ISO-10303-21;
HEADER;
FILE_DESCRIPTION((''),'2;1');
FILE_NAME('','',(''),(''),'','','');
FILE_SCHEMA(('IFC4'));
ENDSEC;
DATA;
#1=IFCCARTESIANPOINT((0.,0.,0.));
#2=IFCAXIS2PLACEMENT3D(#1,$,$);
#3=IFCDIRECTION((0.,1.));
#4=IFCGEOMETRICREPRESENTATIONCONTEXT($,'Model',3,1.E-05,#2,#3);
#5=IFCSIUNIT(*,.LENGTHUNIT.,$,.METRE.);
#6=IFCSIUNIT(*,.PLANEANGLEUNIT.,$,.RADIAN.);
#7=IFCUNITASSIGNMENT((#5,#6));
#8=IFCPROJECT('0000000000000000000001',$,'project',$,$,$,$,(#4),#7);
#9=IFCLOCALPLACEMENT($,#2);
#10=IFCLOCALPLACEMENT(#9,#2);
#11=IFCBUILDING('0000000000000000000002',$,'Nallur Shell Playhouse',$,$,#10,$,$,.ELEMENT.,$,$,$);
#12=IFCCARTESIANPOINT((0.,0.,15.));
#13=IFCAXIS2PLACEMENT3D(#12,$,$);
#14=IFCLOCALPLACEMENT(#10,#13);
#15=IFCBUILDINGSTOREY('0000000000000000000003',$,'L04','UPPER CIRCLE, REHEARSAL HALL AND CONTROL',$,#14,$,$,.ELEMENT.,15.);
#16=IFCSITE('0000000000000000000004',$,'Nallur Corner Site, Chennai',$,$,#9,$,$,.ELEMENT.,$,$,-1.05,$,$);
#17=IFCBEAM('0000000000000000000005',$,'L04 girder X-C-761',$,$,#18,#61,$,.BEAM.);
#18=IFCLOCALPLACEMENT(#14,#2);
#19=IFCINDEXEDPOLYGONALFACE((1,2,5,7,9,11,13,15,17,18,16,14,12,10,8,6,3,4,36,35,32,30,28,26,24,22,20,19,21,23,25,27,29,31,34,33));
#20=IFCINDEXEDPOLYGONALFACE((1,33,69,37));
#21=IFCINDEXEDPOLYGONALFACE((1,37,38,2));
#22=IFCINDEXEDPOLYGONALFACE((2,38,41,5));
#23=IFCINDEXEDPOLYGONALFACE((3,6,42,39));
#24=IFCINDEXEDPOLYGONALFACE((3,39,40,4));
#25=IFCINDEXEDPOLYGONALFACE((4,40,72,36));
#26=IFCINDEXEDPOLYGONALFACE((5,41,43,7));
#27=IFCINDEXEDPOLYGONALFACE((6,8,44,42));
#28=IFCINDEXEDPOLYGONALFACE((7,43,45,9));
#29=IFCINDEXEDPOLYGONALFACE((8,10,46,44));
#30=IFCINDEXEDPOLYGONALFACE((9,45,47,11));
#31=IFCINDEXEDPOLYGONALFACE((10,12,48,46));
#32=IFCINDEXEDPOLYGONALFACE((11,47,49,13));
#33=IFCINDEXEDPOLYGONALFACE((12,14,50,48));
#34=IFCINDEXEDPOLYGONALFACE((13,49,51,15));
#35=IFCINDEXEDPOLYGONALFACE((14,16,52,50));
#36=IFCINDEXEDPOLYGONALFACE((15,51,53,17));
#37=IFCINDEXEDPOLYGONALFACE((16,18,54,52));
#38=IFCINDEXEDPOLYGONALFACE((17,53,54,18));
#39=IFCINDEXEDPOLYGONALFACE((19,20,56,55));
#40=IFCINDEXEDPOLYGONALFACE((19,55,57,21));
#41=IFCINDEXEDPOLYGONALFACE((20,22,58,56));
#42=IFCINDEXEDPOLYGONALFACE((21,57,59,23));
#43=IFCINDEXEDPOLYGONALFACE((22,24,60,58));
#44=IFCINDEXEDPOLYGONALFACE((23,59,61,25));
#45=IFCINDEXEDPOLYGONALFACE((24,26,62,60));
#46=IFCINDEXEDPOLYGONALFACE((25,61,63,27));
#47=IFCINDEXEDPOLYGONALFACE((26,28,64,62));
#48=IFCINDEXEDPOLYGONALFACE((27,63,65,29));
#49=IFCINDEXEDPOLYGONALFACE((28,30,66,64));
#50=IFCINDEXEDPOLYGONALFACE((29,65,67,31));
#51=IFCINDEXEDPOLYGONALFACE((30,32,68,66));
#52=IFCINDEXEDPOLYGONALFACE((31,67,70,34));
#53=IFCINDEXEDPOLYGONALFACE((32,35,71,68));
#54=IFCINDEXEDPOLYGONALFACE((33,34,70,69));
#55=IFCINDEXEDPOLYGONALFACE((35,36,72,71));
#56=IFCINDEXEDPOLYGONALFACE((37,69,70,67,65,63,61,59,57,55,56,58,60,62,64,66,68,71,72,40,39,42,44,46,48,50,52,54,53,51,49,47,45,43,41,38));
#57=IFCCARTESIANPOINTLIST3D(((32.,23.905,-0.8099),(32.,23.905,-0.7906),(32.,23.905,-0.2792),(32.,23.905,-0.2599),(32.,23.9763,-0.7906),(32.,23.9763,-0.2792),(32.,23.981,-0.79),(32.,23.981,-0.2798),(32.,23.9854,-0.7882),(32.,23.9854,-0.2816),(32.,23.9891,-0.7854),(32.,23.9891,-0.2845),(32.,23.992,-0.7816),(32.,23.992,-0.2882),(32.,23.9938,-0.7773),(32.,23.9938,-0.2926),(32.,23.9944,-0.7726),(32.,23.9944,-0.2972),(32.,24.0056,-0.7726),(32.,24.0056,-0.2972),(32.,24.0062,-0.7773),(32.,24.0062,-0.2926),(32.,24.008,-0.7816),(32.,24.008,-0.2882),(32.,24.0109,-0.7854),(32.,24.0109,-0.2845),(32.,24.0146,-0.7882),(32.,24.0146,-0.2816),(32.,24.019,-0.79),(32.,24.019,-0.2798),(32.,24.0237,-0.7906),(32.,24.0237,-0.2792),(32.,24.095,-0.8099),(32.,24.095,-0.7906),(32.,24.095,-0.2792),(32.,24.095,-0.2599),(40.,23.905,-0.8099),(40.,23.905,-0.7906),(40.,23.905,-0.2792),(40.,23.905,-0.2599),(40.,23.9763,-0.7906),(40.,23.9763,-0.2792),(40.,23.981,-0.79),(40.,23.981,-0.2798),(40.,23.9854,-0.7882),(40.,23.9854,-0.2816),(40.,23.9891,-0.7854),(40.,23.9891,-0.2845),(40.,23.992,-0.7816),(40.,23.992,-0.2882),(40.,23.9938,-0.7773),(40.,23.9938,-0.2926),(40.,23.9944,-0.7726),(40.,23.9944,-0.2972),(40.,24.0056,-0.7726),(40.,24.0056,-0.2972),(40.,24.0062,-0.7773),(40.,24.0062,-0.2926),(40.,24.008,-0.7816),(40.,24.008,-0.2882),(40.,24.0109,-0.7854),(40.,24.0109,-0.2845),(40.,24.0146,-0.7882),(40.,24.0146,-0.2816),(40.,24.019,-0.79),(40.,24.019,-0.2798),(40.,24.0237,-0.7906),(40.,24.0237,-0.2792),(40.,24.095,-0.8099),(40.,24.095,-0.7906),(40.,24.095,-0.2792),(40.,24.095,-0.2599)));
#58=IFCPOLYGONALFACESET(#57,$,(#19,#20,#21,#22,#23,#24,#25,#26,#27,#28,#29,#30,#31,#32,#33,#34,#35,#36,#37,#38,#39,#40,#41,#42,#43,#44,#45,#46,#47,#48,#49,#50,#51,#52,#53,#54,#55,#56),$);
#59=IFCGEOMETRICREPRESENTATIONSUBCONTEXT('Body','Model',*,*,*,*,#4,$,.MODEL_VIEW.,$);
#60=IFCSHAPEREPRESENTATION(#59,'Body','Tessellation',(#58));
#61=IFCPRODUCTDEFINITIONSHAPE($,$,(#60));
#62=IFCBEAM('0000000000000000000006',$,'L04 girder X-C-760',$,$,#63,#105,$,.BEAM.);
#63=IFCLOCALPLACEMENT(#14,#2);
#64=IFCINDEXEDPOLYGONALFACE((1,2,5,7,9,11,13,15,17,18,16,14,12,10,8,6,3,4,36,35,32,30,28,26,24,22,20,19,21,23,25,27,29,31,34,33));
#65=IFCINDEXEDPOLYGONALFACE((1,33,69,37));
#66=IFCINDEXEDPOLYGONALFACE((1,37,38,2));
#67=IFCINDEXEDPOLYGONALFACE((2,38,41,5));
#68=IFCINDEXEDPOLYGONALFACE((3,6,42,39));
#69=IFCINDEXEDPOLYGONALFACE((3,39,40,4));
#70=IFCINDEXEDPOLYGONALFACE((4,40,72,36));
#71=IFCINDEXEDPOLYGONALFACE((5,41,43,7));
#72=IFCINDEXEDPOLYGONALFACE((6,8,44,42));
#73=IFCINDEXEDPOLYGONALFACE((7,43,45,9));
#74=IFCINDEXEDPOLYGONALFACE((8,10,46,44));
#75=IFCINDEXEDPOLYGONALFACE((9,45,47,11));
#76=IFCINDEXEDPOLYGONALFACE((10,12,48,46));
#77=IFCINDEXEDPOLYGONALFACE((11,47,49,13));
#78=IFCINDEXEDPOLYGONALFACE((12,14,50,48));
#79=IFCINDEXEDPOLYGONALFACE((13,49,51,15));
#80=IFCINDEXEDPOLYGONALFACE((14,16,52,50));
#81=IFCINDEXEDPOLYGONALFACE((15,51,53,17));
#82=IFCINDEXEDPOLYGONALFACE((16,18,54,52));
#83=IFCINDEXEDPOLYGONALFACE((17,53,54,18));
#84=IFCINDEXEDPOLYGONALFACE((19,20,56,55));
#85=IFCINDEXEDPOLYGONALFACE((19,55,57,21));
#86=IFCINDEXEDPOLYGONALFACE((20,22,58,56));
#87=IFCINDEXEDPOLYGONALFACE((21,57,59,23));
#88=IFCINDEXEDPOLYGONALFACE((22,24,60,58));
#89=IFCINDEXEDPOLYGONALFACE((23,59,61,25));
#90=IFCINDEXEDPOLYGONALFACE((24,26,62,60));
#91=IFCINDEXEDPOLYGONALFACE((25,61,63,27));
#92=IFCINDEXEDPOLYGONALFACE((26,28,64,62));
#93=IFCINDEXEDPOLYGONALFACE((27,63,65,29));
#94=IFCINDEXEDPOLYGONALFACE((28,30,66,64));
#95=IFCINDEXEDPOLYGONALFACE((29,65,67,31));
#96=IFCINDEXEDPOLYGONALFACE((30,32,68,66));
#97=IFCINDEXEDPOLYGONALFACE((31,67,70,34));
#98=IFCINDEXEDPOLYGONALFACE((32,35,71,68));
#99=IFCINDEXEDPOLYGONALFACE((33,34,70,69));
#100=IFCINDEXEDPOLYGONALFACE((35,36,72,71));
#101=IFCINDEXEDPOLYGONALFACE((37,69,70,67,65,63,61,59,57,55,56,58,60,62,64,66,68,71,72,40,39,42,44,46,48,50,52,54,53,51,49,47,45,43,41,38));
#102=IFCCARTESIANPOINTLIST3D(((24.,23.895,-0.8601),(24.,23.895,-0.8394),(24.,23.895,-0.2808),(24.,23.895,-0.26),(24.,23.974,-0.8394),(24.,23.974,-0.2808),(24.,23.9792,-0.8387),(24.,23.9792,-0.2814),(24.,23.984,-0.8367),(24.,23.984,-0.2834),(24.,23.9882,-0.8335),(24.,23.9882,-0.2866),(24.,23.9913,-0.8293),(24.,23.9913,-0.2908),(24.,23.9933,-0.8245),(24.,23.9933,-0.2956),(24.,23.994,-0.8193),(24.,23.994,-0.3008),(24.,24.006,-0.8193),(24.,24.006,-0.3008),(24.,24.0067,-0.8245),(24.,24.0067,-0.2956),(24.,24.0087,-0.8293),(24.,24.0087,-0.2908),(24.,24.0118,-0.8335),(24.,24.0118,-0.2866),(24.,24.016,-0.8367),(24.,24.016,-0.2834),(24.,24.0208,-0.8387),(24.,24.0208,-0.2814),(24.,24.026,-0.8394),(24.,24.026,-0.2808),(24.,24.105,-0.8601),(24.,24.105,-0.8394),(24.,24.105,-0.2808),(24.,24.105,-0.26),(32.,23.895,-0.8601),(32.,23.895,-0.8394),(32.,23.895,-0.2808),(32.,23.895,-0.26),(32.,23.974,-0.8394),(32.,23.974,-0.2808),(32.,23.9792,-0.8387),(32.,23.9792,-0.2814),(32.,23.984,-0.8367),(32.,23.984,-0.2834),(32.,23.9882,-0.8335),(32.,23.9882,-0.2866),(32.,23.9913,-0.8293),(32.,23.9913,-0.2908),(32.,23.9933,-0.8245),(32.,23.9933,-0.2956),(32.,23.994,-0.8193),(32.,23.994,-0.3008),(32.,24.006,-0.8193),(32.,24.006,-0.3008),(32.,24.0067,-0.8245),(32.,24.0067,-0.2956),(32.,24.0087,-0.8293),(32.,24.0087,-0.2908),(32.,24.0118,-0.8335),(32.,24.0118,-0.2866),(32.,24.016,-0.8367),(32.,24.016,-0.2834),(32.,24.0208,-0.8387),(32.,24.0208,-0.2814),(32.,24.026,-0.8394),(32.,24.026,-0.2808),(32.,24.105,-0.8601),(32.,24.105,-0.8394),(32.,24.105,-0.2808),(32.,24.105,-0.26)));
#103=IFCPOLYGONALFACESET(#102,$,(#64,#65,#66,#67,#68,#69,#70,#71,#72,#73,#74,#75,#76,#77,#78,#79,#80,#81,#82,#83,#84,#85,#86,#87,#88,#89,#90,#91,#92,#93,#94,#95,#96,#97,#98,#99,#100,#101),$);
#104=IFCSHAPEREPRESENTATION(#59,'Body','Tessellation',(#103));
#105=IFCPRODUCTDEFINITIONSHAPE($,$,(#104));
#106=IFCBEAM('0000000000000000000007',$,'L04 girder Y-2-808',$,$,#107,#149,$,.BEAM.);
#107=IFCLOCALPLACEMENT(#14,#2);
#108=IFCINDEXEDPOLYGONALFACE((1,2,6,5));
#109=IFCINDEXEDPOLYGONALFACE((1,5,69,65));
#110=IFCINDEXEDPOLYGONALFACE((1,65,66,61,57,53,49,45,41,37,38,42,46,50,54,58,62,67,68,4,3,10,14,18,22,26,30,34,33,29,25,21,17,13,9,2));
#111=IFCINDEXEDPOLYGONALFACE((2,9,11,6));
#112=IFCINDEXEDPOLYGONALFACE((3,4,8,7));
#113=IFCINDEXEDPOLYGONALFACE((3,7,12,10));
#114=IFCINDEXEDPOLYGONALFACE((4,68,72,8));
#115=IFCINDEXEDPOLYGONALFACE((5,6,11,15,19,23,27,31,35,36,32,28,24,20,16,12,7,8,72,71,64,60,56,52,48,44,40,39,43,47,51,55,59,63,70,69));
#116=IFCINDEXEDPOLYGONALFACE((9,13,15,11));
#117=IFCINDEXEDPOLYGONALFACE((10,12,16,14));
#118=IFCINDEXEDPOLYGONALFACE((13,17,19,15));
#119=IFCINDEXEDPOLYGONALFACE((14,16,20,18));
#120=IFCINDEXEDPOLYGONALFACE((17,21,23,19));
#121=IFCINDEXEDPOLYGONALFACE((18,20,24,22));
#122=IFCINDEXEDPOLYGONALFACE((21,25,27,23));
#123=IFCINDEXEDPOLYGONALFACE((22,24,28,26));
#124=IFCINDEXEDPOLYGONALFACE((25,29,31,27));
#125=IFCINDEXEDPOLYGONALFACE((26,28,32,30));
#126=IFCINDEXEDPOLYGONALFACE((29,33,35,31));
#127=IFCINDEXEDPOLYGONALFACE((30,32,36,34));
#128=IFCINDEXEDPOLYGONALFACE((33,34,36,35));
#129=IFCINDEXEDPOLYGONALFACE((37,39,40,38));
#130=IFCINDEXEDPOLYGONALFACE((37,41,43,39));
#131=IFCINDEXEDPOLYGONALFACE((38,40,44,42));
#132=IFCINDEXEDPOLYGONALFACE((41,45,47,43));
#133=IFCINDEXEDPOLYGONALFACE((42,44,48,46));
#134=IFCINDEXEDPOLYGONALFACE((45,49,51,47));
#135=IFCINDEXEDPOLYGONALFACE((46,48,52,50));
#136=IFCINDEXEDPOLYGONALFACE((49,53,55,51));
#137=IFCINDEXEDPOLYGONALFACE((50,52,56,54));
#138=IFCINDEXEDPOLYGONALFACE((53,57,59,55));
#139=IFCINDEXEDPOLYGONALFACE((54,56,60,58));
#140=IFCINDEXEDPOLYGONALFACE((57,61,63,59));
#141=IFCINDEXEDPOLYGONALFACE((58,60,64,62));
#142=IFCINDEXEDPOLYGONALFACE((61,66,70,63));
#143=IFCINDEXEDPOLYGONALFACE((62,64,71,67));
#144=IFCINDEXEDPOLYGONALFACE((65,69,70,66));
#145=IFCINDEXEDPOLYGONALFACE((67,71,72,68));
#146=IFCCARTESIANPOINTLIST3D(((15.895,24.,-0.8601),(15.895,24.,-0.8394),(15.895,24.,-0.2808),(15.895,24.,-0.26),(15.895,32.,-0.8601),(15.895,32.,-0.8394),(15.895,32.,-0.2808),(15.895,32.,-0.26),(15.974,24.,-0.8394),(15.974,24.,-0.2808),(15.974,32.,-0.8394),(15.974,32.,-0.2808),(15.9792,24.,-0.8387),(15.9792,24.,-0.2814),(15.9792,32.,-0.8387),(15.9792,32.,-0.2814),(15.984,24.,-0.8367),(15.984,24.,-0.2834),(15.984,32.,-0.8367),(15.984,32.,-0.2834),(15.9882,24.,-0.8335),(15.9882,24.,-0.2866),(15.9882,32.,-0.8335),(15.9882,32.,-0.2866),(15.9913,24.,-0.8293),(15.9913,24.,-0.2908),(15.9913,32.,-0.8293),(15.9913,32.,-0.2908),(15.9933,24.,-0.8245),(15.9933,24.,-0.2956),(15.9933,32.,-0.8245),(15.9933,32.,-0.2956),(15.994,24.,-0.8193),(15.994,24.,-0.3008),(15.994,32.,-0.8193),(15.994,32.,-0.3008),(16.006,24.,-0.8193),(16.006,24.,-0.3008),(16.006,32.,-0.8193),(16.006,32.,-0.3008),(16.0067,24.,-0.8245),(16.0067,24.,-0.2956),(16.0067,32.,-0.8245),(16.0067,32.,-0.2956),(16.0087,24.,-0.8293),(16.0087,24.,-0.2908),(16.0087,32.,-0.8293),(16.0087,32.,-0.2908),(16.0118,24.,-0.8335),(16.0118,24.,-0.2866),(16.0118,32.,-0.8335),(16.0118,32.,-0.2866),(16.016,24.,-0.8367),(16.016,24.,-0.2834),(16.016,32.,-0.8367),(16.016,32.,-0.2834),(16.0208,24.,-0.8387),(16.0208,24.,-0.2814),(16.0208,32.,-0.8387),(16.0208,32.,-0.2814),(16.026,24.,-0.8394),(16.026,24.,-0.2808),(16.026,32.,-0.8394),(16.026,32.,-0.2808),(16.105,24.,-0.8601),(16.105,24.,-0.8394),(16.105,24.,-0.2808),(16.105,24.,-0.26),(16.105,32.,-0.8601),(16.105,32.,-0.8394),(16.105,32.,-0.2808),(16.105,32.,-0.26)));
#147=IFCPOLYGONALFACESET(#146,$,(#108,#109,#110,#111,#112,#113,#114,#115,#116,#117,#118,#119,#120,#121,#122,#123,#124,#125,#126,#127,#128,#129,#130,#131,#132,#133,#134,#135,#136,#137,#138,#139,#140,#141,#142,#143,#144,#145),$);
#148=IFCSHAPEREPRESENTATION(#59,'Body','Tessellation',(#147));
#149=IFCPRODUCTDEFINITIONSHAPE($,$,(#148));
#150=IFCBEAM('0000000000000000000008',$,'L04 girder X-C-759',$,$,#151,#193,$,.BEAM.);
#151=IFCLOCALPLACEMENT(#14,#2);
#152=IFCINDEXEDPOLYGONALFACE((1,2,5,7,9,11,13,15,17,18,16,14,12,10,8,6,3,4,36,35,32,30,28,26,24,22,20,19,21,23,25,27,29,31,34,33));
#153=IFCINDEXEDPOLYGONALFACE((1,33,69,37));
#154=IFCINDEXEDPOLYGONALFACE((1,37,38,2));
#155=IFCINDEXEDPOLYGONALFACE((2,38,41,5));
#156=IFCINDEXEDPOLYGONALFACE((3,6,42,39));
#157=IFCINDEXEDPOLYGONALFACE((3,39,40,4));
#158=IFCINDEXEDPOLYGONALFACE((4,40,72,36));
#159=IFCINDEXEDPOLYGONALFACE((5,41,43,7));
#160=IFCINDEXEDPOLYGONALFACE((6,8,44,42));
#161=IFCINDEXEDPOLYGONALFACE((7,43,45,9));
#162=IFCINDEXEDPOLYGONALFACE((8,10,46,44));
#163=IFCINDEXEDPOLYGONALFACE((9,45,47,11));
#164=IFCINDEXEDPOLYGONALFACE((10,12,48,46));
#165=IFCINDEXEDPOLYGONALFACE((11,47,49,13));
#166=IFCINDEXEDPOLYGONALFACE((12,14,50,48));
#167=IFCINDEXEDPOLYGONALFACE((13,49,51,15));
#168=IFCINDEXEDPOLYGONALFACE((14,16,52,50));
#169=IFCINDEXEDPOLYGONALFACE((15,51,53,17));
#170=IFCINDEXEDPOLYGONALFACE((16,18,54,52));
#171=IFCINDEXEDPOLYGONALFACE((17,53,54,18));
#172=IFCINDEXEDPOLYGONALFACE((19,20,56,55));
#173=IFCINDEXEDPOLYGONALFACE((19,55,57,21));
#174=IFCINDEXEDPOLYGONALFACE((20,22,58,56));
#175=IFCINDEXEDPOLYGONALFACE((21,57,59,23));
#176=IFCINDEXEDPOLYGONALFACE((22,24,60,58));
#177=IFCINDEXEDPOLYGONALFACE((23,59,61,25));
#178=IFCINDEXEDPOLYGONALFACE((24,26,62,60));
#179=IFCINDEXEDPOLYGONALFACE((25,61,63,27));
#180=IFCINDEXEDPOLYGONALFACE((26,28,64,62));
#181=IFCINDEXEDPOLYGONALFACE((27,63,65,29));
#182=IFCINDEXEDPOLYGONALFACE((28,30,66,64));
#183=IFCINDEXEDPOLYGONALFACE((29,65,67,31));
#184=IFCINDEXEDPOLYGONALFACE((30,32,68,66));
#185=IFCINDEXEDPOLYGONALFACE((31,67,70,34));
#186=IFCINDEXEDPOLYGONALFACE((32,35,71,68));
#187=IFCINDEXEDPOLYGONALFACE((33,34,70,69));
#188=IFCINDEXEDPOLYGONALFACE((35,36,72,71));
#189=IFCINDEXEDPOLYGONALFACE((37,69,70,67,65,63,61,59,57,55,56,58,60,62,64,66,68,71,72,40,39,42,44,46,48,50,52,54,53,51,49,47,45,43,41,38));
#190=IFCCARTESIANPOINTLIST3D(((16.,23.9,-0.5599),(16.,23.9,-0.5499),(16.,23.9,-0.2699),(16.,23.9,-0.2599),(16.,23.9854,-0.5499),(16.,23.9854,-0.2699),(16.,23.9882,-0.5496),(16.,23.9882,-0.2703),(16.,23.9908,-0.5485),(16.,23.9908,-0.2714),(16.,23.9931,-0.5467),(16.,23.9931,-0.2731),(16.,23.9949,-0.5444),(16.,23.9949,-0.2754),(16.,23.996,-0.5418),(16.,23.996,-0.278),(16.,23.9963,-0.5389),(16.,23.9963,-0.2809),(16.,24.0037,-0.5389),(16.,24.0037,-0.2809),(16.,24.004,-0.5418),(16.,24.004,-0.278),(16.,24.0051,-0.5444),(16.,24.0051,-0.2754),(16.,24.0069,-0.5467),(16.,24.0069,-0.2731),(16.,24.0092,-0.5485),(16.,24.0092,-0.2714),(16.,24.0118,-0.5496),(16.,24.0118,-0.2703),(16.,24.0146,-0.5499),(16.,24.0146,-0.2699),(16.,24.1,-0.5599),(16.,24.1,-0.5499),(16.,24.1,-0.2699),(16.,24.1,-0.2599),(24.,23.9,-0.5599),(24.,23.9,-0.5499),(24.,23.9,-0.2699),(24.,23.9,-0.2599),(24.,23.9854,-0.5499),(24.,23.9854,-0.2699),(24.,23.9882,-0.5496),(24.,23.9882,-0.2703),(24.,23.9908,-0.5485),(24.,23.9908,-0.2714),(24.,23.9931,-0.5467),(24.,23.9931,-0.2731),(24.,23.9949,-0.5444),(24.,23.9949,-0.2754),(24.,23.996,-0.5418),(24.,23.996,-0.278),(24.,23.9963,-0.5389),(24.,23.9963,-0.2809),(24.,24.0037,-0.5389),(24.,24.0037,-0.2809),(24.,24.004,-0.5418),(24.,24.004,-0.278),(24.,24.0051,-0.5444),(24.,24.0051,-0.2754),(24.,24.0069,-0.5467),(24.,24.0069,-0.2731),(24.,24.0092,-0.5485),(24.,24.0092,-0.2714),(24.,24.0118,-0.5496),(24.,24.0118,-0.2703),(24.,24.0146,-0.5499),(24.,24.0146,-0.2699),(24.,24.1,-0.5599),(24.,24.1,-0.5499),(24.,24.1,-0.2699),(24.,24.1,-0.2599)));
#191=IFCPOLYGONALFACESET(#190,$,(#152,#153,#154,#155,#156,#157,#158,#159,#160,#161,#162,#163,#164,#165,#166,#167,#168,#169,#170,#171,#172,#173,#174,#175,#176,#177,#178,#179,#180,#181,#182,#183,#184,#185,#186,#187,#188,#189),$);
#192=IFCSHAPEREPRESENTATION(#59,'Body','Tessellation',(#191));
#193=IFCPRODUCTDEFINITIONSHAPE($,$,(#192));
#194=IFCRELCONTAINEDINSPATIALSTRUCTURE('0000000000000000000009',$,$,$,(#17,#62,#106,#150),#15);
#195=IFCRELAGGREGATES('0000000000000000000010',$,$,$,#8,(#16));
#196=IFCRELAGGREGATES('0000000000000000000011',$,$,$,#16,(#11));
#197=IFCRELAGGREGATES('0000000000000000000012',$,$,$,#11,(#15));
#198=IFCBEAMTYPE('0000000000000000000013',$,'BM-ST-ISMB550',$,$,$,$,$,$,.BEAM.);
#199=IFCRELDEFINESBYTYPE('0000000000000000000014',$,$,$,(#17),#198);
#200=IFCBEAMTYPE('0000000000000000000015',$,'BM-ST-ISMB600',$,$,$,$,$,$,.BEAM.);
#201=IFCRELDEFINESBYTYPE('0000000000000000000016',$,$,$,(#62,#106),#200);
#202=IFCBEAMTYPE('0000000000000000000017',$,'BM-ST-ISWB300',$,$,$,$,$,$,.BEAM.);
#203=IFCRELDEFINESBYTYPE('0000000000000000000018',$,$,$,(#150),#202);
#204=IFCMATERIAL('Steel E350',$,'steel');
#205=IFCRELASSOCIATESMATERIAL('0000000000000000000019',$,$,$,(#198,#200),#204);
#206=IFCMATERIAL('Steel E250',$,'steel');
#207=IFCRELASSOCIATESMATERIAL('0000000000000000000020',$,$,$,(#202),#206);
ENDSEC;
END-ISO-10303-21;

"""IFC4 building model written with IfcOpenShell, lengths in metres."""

from ifc_helpers import new_model, si_unit, direction, frame, origin, origin_2d, place, context, subcontext, project, spatial, i_section, extrude, material, material_profile, profile_set, type_object, element, save


model = new_model("IFC4")

# Units and contexts
model_context = context("Model", 3, precision=1e-05, world=origin(), true_north=direction((0.0, 1.0)))
body_context = subcontext(model_context, "Body", "Model", "MODEL_VIEW")
ifc_project = project(units=[si_unit("LENGTHUNIT", "METRE"), si_unit("PLANEANGLEUNIT", "RADIAN")], contexts=[model_context])

# Site, building, storey
site_placement = place(None, origin())
site = spatial("IfcSite", under=ifc_project, at=site_placement, Name="Nallur Corner Site, Chennai", CompositionType="ELEMENT", RefElevation=-1.05)
building_placement = place(site_placement, origin())
building = spatial("IfcBuilding", under=site, at=building_placement, Name="Nallur Shell Playhouse", CompositionType="ELEMENT")
storey_placement = place(building_placement, frame((0.0, 0.0, 15.0)))
storey = spatial("IfcBuildingStorey", under=building, at=storey_placement, Name="L04", Description="UPPER CIRCLE, REHEARSAL HALL AND CONTROL", CompositionType="ELEMENT", Elevation=15.0)

# Shared definitions
ifc_material_1 = material(Name="Steel E350", Category="steel")

# Beams
ifc_material_2 = material(Name="Steel E250", Category="steel")
ifc_material_profile_1 = material_profile(ifc_material_1, i_section(OverallWidth=0.1899, OverallDepth=0.55, WebThickness=0.0112, FlangeThickness=0.0193, FilletRadius=0.0181, at=origin_2d()), Name="ISMB 550")
ifc_profile_set_1 = profile_set([ifc_material_profile_1], Name="Steel E350")
beam_type_1 = type_object("IfcBeamType", Name="BM-ST-ISMB550", PredefinedType="BEAM", material=ifc_profile_set_1)
beam_1_placement = place(storey_placement, frame((32.0, 24.0, -0.5349), z_axis=(1.0, 0.0, 0.0), x_axis=(0.0, 1.0, 0.0)))
element("IfcBeam", 1, at=beam_1_placement, inside=storey, type_object=beam_type_1, Name="L04 girder X-C-761", PredefinedType="BEAM", context=body_context, shape_type="SweptSolid", body=[
    extrude(i_section(OverallWidth=0.1899, OverallDepth=0.55, WebThickness=0.0112, FlangeThickness=0.0193, FilletRadius=0.0181, at=origin_2d()), origin(), (0.0, 0.0, 1.0), 8.0),
])
ifc_material_profile_2 = material_profile(ifc_material_1, i_section(OverallWidth=0.21, OverallDepth=0.6001, WebThickness=0.012, FlangeThickness=0.0208, FilletRadius=0.02, at=origin_2d()), Name="ISMB 600")
ifc_profile_set_2 = profile_set([ifc_material_profile_2], Name="Steel E350")
beam_type_2 = type_object("IfcBeamType", Name="BM-ST-ISMB600", PredefinedType="BEAM", material=ifc_profile_set_2)
for number, where, z_axis, x_axis, name in (
    (2, (24.0, 24.0, -0.5601), (1.0, 0.0, 0.0), (0.0, 1.0, 0.0), "L04 girder X-C-760"),
    (3, (16.0, 24.0, -0.5601), (0.0, 1.0, 0.0), (-1.0, 0.0, 0.0), "L04 girder Y-2-808"),
):
    element("IfcBeam", number, at=place(storey_placement, frame(where, z_axis=z_axis, x_axis=x_axis)), inside=storey, type_object=beam_type_2, Name=name, PredefinedType="BEAM", context=body_context, shape_type="SweptSolid", body=[
        extrude(i_section(OverallWidth=0.21, OverallDepth=0.6001, WebThickness=0.012, FlangeThickness=0.0208, FilletRadius=0.02, at=origin_2d()), origin(), (0.0, 0.0, 1.0), 8.0),
    ])
ifc_material_profile_3 = material_profile(ifc_material_2, i_section(OverallWidth=0.2, OverallDepth=0.3, WebThickness=0.0073, FlangeThickness=0.01, FilletRadius=0.011, at=origin_2d()), Name="ISWB 300")
ifc_profile_set_3 = profile_set([ifc_material_profile_3], Name="Steel E250")
beam_type_3 = type_object("IfcBeamType", Name="BM-ST-ISWB300", PredefinedType="BEAM", material=ifc_profile_set_3)
beam_2_placement = place(storey_placement, frame((16.0, 24.0, -0.4099), z_axis=(1.0, 0.0, 0.0), x_axis=(0.0, 1.0, 0.0)))
element("IfcBeam", 4, at=beam_2_placement, inside=storey, type_object=beam_type_3, Name="L04 girder X-C-759", PredefinedType="BEAM", context=body_context, shape_type="SweptSolid", body=[
    extrude(i_section(OverallWidth=0.2, OverallDepth=0.3, WebThickness=0.0073, FlangeThickness=0.01, FilletRadius=0.011, at=origin_2d()), origin(), (0.0, 0.0, 1.0), 8.0),
])

save(model, "model.ifc")
